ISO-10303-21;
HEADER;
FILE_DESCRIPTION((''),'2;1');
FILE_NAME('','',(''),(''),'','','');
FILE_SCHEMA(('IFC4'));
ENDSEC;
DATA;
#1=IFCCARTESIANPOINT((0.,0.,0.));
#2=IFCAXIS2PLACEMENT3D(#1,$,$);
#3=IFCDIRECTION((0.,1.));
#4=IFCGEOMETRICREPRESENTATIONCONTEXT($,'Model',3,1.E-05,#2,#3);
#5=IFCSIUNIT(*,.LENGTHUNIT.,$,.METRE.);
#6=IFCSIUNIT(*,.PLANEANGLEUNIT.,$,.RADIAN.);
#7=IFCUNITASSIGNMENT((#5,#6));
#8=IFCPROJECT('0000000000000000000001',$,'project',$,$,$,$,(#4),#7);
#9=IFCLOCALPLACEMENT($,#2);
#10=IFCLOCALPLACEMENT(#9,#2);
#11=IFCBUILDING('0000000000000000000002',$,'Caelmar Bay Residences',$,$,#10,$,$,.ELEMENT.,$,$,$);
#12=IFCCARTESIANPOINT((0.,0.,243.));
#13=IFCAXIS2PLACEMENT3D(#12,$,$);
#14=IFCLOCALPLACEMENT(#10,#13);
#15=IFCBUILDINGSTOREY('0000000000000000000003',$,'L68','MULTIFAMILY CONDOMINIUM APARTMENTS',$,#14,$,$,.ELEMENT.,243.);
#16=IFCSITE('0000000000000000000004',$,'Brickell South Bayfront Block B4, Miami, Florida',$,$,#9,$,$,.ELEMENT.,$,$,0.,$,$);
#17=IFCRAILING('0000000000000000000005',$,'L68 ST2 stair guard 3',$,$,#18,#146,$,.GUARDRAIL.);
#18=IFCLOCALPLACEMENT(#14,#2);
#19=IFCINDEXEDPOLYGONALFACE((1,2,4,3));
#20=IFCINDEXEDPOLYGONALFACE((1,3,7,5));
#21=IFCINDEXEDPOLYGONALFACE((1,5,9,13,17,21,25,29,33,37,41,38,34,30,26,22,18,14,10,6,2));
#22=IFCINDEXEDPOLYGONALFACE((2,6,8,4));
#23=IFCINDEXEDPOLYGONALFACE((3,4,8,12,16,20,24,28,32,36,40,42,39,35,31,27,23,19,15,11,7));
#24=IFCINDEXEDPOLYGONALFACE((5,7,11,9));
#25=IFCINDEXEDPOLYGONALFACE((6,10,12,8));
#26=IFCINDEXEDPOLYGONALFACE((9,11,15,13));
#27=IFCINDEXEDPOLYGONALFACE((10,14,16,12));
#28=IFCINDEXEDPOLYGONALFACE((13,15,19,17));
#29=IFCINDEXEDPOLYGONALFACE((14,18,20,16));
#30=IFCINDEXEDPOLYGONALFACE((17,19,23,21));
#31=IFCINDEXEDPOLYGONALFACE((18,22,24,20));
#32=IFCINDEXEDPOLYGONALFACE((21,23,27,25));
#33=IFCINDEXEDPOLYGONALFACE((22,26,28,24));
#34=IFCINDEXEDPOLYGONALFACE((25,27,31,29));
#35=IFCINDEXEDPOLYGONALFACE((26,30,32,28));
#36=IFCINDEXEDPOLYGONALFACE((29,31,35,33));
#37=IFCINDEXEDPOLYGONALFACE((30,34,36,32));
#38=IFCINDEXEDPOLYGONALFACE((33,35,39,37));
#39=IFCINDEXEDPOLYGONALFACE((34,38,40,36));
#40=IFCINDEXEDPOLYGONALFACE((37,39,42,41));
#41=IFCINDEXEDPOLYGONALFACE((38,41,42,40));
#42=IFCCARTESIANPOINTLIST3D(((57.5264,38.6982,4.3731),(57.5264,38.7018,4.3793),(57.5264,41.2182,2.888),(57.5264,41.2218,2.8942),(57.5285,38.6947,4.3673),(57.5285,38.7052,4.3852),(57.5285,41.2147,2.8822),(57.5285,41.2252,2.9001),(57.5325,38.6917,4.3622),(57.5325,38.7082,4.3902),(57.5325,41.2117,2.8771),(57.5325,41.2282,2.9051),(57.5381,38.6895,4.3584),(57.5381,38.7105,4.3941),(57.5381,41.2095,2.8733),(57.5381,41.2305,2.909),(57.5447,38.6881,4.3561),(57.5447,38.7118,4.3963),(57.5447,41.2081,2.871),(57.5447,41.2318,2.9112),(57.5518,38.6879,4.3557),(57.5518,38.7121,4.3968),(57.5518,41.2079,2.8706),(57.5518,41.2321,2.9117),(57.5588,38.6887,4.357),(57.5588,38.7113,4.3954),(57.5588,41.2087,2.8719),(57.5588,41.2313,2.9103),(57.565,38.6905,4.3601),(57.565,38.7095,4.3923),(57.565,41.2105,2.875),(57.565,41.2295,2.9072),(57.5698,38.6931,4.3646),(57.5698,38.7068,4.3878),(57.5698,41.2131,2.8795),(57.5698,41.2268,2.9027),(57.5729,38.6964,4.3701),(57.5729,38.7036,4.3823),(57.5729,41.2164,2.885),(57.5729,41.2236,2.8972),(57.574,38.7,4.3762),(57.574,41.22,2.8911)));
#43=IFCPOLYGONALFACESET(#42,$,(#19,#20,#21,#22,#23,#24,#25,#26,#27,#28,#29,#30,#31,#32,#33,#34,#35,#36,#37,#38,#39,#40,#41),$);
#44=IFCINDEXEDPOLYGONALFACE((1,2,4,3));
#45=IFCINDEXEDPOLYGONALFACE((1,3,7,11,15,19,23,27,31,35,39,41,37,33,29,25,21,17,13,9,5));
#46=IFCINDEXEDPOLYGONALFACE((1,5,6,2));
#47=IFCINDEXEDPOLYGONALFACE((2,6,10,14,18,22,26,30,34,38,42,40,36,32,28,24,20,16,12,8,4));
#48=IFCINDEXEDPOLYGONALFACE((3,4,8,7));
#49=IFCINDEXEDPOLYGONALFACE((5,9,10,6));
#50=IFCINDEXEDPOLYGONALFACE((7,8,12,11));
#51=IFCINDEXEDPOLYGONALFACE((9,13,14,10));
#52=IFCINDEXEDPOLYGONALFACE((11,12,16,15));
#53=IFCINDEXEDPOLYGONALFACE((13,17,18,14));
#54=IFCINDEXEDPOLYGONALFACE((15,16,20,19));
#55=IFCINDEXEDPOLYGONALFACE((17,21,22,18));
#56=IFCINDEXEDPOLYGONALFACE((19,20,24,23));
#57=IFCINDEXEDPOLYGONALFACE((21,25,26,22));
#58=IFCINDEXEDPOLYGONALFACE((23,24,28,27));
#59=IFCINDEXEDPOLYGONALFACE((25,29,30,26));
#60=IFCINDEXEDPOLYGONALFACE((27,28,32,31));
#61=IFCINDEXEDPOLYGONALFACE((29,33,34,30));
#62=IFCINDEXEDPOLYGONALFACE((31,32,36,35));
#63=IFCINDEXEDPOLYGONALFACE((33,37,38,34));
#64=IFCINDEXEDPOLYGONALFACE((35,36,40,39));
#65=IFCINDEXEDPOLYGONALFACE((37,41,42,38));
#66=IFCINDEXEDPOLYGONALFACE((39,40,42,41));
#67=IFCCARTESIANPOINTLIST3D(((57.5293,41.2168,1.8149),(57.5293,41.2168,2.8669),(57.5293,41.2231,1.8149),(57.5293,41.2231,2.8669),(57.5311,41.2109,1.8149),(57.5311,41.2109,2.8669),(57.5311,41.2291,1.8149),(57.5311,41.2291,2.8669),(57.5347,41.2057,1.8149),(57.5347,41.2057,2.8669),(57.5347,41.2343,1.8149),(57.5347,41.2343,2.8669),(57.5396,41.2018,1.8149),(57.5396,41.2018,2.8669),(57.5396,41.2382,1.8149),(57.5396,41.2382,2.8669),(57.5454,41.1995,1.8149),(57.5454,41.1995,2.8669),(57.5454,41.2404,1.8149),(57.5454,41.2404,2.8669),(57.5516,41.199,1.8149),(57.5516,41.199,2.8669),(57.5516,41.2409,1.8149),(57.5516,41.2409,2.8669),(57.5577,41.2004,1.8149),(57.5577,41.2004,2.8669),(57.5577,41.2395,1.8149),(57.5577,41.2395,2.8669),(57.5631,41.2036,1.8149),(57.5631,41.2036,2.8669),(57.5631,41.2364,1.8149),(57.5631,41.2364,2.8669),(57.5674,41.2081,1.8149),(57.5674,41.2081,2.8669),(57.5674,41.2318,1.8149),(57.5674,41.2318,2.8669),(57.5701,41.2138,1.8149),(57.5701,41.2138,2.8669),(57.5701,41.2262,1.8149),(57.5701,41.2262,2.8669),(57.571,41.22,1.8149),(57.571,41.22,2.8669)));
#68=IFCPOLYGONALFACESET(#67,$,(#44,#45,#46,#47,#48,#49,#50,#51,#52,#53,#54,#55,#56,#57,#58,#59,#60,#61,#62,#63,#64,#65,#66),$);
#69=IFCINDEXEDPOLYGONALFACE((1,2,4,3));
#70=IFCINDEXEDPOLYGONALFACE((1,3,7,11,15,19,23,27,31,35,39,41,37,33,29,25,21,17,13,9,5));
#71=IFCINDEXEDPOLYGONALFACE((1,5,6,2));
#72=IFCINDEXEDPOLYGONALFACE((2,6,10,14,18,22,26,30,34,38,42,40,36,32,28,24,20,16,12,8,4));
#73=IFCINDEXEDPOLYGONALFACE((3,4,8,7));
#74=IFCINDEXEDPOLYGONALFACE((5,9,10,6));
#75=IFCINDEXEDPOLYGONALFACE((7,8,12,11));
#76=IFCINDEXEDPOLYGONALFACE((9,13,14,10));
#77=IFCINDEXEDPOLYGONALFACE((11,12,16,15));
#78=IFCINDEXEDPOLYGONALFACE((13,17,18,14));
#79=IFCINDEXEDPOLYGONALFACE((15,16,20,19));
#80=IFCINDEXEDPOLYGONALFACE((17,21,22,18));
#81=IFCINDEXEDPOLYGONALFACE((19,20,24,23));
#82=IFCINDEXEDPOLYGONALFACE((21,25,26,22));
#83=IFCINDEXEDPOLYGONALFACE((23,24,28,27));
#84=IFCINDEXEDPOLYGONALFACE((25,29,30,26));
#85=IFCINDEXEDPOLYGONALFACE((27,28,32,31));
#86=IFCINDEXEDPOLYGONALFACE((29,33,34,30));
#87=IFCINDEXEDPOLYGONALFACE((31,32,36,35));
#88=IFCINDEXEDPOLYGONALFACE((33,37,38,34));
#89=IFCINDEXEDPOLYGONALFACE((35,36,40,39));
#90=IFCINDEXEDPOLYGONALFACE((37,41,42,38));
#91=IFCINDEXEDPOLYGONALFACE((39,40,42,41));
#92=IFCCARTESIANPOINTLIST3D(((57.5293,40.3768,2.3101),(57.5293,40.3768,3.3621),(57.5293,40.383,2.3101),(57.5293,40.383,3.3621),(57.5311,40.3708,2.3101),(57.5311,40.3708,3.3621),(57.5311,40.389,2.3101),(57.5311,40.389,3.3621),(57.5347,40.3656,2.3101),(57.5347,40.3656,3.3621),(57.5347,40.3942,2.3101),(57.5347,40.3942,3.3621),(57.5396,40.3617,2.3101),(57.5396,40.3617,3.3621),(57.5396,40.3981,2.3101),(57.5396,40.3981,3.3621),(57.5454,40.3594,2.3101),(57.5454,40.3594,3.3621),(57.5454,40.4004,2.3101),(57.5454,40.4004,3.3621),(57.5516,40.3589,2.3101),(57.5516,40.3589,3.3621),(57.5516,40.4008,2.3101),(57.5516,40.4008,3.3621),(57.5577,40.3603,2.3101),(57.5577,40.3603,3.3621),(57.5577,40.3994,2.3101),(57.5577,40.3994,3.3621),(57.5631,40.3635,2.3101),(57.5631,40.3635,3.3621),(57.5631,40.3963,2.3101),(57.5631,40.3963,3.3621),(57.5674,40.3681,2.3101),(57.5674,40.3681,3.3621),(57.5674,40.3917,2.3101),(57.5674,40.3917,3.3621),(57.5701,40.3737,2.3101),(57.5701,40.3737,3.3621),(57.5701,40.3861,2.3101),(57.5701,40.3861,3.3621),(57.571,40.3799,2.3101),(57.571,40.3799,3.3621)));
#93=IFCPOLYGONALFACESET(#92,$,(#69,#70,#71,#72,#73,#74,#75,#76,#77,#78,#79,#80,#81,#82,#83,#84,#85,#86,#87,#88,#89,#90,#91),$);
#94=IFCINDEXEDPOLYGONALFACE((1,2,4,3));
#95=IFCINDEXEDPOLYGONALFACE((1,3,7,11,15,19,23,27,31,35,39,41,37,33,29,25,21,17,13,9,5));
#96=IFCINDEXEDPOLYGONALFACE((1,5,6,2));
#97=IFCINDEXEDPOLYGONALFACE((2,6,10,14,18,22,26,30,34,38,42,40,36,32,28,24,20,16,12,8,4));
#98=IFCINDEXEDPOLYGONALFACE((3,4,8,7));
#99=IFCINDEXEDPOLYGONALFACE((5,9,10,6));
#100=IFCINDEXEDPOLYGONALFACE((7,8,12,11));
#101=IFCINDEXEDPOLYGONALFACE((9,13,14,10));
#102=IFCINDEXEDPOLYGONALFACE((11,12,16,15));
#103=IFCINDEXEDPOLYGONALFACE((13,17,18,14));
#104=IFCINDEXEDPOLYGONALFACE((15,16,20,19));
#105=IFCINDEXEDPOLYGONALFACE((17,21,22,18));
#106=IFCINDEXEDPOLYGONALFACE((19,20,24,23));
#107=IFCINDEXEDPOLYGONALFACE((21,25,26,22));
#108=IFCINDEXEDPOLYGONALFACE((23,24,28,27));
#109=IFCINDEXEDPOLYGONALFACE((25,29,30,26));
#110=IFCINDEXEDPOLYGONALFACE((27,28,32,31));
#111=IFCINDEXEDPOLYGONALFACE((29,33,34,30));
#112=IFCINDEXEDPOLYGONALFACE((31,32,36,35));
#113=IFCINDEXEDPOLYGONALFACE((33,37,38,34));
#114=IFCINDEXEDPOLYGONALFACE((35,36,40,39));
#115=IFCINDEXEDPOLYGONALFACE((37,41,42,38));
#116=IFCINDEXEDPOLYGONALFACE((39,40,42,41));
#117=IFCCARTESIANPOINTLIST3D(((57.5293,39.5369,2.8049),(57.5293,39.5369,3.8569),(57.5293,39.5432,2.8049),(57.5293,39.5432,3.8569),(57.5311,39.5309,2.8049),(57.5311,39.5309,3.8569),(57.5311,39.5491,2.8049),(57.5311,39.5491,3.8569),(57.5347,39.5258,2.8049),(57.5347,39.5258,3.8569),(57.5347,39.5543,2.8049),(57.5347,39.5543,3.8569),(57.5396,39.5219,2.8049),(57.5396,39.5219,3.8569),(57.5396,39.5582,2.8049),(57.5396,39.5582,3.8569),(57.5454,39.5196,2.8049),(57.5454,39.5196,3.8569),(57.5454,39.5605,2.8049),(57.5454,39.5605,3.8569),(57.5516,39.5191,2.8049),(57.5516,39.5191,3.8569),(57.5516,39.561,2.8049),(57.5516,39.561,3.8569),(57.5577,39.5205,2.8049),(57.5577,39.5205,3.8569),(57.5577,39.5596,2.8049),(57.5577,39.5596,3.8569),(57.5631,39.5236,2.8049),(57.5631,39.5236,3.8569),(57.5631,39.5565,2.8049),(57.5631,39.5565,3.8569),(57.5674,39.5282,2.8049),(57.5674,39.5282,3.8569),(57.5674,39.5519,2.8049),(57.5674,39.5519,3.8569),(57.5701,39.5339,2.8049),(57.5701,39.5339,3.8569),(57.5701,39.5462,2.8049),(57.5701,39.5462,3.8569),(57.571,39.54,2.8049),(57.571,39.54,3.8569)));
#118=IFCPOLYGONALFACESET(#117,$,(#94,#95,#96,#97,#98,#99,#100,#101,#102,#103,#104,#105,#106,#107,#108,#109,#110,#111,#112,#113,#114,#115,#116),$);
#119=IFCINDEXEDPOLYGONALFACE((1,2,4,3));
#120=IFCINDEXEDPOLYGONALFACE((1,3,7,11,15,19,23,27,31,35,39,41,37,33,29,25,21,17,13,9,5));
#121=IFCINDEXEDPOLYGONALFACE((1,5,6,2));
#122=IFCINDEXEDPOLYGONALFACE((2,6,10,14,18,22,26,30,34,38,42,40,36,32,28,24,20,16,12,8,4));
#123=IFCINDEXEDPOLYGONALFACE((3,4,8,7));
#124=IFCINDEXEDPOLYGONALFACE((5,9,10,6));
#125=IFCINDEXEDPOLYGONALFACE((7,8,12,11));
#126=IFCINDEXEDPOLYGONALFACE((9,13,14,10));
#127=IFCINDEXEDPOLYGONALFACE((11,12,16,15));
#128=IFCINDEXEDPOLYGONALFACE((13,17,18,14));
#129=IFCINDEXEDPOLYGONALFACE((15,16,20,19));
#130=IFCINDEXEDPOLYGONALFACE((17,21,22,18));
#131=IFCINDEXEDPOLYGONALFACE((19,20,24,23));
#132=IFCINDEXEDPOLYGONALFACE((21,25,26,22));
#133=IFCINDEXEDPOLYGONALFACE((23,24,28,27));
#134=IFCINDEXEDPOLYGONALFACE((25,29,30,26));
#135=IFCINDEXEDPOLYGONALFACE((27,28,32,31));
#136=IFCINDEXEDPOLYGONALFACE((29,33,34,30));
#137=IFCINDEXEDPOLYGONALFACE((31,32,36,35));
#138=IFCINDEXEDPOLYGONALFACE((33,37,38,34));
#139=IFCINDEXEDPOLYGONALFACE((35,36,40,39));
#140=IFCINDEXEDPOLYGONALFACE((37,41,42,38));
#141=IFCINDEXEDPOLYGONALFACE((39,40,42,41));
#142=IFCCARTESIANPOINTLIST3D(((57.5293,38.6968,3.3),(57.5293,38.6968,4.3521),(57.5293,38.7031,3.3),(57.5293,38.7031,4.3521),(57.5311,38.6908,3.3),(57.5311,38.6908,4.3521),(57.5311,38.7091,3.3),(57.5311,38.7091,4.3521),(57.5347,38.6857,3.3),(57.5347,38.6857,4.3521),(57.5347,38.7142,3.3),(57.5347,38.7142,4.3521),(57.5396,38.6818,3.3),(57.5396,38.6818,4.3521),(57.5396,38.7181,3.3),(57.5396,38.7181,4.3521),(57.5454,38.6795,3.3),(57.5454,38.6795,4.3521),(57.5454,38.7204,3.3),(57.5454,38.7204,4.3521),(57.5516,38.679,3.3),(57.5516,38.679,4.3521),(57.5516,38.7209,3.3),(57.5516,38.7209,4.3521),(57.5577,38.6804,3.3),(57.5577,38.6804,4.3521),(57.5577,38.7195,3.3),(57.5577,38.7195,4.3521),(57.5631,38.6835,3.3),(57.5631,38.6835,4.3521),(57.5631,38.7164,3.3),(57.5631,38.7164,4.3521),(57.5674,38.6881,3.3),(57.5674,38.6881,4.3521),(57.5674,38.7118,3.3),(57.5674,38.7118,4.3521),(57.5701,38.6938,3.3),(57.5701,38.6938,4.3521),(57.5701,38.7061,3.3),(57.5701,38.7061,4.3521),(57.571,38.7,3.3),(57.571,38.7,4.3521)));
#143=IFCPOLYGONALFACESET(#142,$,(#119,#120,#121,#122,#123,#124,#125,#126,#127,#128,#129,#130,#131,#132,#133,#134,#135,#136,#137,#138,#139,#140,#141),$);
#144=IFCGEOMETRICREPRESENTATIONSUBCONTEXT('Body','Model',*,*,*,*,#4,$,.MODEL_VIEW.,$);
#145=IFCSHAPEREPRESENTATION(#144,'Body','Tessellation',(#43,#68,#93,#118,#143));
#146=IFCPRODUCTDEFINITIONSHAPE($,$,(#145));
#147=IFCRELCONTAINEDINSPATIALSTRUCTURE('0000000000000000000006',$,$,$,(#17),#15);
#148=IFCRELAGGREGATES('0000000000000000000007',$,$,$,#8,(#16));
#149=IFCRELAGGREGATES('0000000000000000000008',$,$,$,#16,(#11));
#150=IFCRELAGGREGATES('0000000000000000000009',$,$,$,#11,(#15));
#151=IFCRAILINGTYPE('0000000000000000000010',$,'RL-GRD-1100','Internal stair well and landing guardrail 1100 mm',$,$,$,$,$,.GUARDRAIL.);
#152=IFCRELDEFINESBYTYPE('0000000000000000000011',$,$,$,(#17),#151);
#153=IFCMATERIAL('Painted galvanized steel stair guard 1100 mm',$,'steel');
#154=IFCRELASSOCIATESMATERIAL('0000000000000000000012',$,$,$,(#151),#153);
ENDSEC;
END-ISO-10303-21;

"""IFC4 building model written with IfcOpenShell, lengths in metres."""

from ifc_helpers import new_model, si_unit, direction, frame, origin, origin_2d, place, context, subcontext, project, spatial, circle, extrude, material, type_object, element, save


model = new_model("IFC4")

# Units and contexts
model_context = context("Model", 3, precision=1e-05, world=origin(), true_north=direction((0.0, 1.0)))
body_context = subcontext(model_context, "Body", "Model", "MODEL_VIEW")
ifc_project = project(units=[si_unit("LENGTHUNIT", "METRE"), si_unit("PLANEANGLEUNIT", "RADIAN")], contexts=[model_context])

# Site, building, storey
site_placement = place(None, origin())
site = spatial("IfcSite", under=ifc_project, at=site_placement, Name="Brickell South Bayfront Block B4, Miami, Florida", CompositionType="ELEMENT", RefElevation=0.0)
building_placement = place(site_placement, origin())
building = spatial("IfcBuilding", under=site, at=building_placement, Name="Caelmar Bay Residences", CompositionType="ELEMENT")
storey_placement = place(building_placement, frame((0.0, 0.0, 243.0)))
storey = spatial("IfcBuildingStorey", under=building, at=storey_placement, Name="L68", Description="MULTIFAMILY CONDOMINIUM APARTMENTS", CompositionType="ELEMENT", Elevation=243.0)

# Railing
ifc_material_1 = material(Name="Painted galvanized steel stair guard 1100 mm", Category="steel")
railing_type_1 = type_object("IfcRailingType", Name="RL-GRD-1100", Description="Internal stair well and landing guardrail 1100 mm", PredefinedType="GUARDRAIL", material=ifc_material_1)
railing_1_placement = place(storey_placement, frame((57.55, 41.22, 1.8149)))
element("IfcRailing", 1, at=railing_1_placement, inside=storey, type_object=railing_type_1, Name="L68 ST2 stair guard 3", PredefinedType="GUARDRAIL", context=body_context, shape_type="SweptSolid", body=[
    extrude(circle(Radius=0.0239, at=origin_2d()), frame((0.0, 0.0, 1.0762), z_axis=(0.0, -0.861524, 0.507717), x_axis=(1.0, 0.0, 0.0)), (0.0, 0.0, 1.0), 2.925),
    extrude(circle(Radius=0.021, at=origin_2d()), origin(), (0.0, 0.0, 1.0), 1.052),
    extrude(circle(Radius=0.021, at=origin_2d()), frame((0.0, -0.8401, 0.4951)), (0.0, 0.0, 1.0), 1.052),
    extrude(circle(Radius=0.021, at=origin_2d()), frame((0.0, -1.6799, 0.99)), (0.0, 0.0, 1.0), 1.052),
    extrude(circle(Radius=0.021, at=origin_2d()), frame((0.0, -2.52, 1.4851)), (0.0, 0.0, 1.0), 1.052),
])

save(model, "model.ifc")
